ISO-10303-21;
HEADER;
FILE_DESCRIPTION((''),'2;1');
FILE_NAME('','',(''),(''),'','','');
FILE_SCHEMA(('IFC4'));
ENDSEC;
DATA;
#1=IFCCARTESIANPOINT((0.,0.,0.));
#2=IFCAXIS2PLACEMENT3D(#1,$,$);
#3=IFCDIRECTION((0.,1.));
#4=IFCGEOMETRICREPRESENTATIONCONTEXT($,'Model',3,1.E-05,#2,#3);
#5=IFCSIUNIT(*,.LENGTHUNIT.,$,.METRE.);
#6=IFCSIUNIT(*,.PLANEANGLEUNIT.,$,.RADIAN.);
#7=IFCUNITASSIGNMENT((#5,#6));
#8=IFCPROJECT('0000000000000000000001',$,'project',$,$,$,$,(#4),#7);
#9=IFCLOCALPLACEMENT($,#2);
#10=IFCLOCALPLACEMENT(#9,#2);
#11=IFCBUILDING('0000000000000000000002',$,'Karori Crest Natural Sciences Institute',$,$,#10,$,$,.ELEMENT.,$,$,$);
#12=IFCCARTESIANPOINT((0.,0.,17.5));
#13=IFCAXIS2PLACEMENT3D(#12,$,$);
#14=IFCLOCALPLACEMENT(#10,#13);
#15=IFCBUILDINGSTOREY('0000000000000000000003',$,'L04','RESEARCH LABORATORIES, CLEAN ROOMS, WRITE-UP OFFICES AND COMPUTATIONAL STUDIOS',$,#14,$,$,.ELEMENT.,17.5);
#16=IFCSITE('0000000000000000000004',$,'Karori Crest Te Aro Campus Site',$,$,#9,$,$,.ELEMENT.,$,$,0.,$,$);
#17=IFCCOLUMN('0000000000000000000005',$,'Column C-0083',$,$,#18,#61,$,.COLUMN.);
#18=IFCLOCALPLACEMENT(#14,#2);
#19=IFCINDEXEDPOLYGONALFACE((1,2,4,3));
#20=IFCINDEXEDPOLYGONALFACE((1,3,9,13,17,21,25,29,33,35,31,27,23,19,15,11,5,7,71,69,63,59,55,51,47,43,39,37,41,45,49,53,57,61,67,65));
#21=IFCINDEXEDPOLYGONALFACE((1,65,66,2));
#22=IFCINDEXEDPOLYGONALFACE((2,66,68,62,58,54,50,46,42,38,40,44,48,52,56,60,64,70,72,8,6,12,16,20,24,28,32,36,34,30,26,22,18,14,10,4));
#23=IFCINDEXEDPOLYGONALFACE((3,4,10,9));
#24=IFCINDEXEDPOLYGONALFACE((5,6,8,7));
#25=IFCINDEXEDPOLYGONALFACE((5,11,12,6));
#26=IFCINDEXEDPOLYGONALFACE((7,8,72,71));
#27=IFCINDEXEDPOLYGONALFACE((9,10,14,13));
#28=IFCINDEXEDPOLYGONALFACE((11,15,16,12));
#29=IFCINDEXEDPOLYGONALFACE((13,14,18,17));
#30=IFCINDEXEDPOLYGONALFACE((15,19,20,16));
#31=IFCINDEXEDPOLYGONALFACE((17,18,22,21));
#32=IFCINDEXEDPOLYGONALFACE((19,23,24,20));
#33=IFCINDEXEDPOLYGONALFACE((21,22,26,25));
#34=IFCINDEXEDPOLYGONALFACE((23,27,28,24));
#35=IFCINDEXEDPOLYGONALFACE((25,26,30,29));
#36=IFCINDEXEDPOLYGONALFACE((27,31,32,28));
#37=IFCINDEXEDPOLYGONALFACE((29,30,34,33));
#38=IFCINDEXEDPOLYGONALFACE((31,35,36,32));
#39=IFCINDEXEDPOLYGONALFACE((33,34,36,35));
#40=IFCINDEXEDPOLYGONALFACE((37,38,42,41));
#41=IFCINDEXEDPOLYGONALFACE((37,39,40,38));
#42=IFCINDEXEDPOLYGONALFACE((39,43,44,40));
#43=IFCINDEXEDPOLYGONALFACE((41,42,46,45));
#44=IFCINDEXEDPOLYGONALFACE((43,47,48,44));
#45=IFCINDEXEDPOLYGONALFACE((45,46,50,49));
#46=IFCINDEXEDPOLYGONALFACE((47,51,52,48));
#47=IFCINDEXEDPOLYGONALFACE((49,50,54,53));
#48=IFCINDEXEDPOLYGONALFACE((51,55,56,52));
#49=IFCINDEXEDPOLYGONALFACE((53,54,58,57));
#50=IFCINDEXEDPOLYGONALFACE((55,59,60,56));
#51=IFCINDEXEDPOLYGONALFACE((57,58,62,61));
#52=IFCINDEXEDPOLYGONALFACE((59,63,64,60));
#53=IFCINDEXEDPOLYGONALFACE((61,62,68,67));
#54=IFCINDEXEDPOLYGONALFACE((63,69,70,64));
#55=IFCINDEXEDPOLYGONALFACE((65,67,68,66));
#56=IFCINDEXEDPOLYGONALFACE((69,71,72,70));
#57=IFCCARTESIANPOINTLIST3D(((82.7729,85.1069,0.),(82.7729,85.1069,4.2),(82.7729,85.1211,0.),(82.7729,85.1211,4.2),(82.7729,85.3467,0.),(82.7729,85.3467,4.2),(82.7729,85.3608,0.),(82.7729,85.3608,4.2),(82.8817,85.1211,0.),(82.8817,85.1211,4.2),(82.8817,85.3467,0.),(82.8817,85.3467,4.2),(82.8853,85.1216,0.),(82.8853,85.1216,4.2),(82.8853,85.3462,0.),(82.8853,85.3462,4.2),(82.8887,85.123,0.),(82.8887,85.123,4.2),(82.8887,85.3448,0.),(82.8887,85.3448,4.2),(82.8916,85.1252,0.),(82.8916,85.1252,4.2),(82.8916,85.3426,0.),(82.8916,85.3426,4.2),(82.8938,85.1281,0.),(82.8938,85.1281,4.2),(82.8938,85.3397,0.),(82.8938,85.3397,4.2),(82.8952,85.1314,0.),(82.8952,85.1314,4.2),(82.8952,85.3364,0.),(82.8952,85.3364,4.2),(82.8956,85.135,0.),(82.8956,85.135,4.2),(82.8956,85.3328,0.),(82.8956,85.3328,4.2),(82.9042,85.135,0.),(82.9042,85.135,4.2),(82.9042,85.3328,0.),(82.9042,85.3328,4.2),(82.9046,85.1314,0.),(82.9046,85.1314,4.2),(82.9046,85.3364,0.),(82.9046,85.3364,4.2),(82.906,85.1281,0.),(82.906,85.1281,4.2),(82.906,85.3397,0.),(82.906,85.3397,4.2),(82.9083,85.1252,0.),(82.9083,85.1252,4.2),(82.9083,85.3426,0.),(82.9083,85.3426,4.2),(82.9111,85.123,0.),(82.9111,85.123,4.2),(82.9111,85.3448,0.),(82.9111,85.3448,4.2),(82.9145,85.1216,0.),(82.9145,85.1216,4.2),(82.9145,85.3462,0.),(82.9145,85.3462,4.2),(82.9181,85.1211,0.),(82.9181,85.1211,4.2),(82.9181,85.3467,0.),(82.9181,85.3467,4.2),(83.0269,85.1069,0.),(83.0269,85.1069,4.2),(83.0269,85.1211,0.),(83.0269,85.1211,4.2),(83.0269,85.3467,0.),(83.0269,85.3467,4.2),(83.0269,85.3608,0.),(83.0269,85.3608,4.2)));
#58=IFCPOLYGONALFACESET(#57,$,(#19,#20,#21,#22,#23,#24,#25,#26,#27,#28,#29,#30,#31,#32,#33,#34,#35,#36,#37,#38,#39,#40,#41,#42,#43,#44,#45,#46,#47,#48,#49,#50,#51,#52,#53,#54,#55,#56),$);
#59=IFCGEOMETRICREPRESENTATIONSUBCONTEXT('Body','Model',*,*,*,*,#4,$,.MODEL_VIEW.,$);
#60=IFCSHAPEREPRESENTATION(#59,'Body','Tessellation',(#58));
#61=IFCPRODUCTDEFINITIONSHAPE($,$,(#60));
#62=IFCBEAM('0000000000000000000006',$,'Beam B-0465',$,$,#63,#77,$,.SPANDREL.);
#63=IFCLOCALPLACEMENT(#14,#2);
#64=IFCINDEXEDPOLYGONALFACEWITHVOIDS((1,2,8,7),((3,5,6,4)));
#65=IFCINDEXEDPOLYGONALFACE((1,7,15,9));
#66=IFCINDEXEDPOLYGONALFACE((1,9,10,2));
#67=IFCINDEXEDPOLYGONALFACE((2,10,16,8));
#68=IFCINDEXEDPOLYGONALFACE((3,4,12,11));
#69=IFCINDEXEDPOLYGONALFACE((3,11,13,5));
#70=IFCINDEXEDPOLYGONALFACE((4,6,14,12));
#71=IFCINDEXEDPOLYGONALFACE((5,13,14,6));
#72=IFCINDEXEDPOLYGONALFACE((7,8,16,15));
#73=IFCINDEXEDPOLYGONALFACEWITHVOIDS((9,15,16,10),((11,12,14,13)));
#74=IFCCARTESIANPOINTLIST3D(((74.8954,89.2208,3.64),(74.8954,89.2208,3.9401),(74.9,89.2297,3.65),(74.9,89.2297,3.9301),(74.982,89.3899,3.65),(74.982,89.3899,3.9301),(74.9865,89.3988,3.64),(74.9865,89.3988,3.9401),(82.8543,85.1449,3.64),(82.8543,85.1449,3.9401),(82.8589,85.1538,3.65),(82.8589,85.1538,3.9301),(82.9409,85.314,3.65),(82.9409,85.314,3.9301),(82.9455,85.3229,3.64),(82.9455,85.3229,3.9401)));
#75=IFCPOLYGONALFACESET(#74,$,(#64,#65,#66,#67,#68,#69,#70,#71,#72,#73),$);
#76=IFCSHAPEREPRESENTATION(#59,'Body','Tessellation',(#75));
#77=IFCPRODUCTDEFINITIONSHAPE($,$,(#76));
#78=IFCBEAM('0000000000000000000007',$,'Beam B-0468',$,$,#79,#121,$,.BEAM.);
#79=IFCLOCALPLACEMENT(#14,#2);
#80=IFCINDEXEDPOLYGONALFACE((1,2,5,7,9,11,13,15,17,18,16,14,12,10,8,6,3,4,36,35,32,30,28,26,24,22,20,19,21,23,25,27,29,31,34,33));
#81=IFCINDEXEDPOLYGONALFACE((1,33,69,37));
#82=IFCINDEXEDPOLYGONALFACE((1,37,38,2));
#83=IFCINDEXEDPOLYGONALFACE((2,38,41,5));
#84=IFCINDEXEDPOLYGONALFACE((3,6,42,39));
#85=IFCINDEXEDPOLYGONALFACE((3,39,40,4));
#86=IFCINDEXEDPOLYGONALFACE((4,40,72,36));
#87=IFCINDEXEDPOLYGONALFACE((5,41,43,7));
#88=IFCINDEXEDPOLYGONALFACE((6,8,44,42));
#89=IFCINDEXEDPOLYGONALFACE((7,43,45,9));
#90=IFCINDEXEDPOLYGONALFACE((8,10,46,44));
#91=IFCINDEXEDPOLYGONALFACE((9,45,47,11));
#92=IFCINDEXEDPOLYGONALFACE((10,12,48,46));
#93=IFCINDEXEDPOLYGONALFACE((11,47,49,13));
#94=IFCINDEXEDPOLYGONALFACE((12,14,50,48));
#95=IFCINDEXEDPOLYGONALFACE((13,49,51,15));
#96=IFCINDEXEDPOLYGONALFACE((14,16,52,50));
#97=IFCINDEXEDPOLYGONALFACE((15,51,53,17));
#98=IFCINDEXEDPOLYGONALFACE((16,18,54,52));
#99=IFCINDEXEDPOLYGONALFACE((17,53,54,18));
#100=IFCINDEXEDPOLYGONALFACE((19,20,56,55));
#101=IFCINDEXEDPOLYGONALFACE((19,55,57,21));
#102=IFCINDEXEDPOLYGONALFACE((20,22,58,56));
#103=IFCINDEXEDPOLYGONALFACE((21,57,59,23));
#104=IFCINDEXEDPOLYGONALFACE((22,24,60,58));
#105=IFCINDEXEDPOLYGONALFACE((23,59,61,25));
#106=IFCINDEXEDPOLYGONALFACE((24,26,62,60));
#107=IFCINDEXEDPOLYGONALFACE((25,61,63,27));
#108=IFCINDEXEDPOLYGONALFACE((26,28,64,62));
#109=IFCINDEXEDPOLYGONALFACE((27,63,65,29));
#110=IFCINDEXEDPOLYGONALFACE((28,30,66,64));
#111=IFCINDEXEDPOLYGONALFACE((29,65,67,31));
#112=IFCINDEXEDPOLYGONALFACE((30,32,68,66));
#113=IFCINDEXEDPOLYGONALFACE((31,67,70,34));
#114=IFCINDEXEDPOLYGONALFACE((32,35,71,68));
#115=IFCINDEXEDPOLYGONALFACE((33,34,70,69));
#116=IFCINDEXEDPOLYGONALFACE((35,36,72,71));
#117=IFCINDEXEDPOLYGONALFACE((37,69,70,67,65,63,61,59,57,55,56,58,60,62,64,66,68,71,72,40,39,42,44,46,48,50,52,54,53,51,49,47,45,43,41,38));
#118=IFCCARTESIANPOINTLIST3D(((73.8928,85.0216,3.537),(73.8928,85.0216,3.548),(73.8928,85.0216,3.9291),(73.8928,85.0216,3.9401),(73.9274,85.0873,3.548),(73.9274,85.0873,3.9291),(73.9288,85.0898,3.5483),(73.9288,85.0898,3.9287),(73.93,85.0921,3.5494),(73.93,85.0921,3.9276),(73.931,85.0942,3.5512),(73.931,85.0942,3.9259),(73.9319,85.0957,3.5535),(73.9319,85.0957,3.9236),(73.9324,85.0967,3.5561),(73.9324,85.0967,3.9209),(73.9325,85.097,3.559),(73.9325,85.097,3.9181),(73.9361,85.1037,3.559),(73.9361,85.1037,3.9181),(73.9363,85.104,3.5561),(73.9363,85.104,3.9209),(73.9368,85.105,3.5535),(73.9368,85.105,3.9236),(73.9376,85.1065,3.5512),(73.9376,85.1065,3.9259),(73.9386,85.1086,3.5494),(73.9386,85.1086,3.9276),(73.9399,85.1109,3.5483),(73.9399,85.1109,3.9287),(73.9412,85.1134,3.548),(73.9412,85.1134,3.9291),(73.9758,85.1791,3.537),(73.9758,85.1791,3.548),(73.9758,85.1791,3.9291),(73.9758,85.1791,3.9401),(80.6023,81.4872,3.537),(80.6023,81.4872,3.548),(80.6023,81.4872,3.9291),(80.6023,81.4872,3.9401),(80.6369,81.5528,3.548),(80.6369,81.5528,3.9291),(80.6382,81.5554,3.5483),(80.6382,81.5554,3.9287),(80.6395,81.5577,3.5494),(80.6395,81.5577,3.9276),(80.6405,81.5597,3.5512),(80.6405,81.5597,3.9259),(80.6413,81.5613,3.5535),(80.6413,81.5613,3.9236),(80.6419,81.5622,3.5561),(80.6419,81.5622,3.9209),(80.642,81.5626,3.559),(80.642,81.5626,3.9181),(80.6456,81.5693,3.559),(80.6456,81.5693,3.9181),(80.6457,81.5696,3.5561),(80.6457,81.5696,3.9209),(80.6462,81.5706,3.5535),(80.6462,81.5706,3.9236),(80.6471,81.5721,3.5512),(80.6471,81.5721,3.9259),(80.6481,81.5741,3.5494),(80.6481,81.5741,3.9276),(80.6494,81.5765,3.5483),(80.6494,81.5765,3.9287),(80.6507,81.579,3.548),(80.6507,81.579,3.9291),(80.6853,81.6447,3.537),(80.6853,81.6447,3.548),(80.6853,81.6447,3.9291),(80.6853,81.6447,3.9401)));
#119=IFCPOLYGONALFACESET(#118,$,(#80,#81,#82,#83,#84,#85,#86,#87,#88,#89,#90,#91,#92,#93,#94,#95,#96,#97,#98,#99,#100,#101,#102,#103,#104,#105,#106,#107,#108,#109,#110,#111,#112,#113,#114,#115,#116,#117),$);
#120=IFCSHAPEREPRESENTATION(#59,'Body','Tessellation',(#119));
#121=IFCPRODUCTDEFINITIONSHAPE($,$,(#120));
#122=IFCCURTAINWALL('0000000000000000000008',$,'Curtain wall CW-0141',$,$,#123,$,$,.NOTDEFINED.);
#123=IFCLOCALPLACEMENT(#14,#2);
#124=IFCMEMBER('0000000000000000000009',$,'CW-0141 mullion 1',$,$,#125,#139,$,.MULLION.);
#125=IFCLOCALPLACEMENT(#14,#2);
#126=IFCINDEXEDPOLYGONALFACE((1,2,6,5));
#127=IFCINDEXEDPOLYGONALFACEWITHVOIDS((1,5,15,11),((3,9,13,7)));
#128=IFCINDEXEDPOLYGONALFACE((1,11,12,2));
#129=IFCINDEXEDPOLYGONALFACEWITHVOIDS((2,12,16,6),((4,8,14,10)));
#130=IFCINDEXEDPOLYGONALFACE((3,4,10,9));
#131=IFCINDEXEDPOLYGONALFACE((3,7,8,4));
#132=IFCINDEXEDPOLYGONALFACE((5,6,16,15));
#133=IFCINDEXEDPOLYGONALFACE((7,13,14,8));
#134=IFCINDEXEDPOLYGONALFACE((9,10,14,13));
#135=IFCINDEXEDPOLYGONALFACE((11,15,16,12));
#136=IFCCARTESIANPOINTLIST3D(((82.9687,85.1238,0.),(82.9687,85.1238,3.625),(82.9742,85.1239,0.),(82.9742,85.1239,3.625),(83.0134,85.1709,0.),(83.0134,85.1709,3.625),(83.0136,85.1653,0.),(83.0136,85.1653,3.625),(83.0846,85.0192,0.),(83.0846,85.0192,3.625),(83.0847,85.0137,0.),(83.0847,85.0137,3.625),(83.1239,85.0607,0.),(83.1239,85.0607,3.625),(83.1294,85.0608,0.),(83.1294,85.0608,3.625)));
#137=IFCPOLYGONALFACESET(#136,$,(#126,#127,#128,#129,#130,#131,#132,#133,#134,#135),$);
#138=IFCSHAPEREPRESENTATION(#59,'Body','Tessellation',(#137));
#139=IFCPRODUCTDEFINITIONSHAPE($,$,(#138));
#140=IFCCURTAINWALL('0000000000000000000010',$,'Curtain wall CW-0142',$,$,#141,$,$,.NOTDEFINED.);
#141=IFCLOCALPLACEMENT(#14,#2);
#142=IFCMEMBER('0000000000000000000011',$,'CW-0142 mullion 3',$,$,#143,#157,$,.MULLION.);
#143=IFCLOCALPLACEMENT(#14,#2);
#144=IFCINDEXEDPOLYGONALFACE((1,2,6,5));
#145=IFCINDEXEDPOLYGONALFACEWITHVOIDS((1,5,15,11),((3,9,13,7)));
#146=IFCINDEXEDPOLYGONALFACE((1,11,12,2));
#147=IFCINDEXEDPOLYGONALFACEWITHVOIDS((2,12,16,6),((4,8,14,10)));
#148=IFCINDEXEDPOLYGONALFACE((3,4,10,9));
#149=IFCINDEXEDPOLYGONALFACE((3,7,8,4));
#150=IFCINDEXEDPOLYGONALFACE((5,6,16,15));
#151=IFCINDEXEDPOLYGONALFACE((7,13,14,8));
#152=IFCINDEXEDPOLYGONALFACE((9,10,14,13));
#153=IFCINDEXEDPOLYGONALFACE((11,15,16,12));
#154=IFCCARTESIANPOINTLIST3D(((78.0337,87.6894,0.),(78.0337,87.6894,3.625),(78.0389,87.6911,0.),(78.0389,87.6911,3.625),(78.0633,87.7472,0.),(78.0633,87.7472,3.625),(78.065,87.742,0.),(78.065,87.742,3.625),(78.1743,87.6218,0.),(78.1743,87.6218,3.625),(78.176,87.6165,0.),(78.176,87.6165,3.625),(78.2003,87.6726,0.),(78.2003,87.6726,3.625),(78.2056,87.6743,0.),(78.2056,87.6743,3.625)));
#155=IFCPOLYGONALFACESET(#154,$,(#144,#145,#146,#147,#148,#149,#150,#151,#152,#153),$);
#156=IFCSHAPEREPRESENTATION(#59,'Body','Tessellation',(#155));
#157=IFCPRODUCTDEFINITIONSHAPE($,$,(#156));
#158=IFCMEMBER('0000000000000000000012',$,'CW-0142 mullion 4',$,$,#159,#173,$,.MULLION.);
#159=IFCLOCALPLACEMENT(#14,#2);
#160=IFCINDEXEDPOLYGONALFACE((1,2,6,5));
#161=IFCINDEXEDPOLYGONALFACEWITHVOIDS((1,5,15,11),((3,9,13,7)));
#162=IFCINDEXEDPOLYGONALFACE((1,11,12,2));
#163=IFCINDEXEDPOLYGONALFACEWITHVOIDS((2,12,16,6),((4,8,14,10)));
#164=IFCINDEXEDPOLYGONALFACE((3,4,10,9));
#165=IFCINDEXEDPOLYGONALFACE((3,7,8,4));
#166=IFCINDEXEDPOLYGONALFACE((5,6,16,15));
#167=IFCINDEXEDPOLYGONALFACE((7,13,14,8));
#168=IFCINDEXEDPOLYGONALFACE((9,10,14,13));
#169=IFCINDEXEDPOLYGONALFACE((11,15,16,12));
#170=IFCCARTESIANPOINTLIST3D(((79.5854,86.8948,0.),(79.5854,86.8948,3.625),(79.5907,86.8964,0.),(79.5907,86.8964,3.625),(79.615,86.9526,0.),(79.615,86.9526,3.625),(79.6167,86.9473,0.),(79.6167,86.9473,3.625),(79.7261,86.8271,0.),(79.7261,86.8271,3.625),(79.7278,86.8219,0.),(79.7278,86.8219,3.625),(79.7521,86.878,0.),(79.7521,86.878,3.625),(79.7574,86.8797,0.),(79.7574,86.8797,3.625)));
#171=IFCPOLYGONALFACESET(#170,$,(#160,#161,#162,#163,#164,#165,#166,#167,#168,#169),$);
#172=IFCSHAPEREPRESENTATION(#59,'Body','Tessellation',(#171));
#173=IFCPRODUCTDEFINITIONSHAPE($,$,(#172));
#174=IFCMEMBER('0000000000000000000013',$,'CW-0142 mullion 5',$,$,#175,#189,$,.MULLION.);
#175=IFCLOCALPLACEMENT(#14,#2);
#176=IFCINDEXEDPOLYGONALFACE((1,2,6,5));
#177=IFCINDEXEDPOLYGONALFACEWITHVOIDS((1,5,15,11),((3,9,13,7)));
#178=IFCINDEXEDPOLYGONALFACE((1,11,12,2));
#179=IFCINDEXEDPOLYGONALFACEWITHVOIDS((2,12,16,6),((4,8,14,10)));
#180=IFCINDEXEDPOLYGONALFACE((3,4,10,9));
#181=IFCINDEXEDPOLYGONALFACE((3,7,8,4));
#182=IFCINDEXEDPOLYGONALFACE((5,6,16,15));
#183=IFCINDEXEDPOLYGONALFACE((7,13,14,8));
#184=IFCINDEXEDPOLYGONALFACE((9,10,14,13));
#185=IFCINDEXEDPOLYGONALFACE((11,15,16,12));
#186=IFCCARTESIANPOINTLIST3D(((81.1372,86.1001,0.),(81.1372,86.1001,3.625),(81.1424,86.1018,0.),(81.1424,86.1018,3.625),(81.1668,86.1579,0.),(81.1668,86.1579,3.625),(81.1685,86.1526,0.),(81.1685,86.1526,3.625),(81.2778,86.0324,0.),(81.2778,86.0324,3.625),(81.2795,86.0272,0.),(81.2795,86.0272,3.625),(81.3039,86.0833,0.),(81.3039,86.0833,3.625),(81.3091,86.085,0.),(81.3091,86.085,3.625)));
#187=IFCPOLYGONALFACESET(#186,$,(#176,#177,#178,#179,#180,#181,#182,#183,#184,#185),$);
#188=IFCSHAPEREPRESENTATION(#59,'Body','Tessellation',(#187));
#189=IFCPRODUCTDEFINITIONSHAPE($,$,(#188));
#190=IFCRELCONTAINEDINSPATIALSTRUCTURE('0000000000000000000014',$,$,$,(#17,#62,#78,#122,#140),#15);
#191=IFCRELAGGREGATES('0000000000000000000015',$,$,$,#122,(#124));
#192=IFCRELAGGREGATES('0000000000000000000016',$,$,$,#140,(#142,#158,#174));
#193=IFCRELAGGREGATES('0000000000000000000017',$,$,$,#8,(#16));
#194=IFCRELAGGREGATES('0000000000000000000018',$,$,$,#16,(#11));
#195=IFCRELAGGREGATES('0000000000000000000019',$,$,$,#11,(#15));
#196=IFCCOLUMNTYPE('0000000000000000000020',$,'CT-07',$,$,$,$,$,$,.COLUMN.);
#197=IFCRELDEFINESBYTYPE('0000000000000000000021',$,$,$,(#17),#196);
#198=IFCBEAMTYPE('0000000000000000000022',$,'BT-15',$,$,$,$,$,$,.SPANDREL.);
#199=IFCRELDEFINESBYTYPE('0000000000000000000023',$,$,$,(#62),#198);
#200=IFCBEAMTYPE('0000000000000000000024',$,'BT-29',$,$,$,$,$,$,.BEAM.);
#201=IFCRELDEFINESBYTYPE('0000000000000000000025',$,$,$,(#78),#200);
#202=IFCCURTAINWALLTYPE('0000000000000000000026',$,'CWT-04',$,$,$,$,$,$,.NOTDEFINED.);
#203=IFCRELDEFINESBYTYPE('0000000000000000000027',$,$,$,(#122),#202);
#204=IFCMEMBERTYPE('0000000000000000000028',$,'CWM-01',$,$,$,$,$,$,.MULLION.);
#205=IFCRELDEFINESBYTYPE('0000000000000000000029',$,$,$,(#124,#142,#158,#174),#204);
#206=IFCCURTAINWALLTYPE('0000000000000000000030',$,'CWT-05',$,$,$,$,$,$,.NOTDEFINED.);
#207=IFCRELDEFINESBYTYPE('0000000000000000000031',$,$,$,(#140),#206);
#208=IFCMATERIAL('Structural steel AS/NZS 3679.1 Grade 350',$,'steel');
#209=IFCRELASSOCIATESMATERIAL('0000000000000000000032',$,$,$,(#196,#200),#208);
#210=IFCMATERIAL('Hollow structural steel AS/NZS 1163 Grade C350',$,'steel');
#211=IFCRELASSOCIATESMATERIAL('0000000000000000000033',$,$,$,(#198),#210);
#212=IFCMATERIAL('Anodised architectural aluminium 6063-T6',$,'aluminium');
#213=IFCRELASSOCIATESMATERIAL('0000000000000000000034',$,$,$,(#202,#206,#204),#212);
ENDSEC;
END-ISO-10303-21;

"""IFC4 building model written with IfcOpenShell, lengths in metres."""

from ifc_helpers import new_model, si_unit, direction, frame, origin, origin_2d, place, context, subcontext, project, spatial, hollow_rectangle, i_section, extrude, material, material_profile, profile_set, type_object, element, aggregate, save


model = new_model("IFC4")

# Units and contexts
model_context = context("Model", 3, precision=1e-05, world=origin(), true_north=direction((0.0, 1.0)))
body_context = subcontext(model_context, "Body", "Model", "MODEL_VIEW")
ifc_project = project(units=[si_unit("LENGTHUNIT", "METRE"), si_unit("PLANEANGLEUNIT", "RADIAN")], contexts=[model_context])

# Site, building, storey
site_placement = place(None, origin())
site = spatial("IfcSite", under=ifc_project, at=site_placement, Name="Karori Crest Te Aro Campus Site", CompositionType="ELEMENT", RefElevation=0.0)
building_placement = place(site_placement, origin())
building = spatial("IfcBuilding", under=site, at=building_placement, Name="Karori Crest Natural Sciences Institute", CompositionType="ELEMENT")
storey_placement = place(building_placement, frame((0.0, 0.0, 17.5)))
storey = spatial("IfcBuildingStorey", under=building, at=storey_placement, Name="L04", Description="RESEARCH LABORATORIES, CLEAN ROOMS, WRITE-UP OFFICES AND COMPUTATIONAL STUDIOS", CompositionType="ELEMENT", Elevation=17.5)

# Column
ifc_material_1 = material(Name="Structural steel AS/NZS 3679.1 Grade 350", Category="steel")
ifc_material_profile_1 = material_profile(ifc_material_1, i_section(OverallWidth=0.2539, OverallDepth=0.2539, WebThickness=0.0085, FlangeThickness=0.0142, FilletRadius=0.0139, at=origin_2d()), Name="250UC72.9")
ifc_profile_set_1 = profile_set([ifc_material_profile_1], Name="Structural steel AS/NZS 3679.1 Grade 350")
column_type = type_object("IfcColumnType", Name="CT-07", PredefinedType="COLUMN", material=ifc_profile_set_1)
column_placement = place(storey_placement, frame((82.8999, 85.2339, 0.0), z_axis=(0.0, 0.0, 1.0), x_axis=(1.0, 0.0, 0.0)))
element("IfcColumn", 1, at=column_placement, inside=storey, type_object=column_type, Name="Column C-0083", PredefinedType="COLUMN", context=body_context, shape_type="SweptSolid", body=[
    extrude(i_section(OverallWidth=0.2539, OverallDepth=0.2539, WebThickness=0.0085, FlangeThickness=0.0142, FilletRadius=0.0139, at=origin_2d()), origin(), (0.0, 0.0, 1.0), 4.2),
])

# Beams
ifc_material_2 = material(Name="Hollow structural steel AS/NZS 1163 Grade C350", Category="steel")
ifc_material_profile_2 = material_profile(ifc_material_2, hollow_rectangle(XDim=0.2, YDim=0.3, WallThickness=0.01, at=origin_2d()), Name="RHS300x200x10")
ifc_profile_set_2 = profile_set([ifc_material_profile_2], Name="Hollow structural steel AS/NZS 1163 Grade C350")
beam_type_1 = type_object("IfcBeamType", Name="BT-15", PredefinedType="SPANDREL", material=ifc_profile_set_2)
beam_1_placement = place(storey_placement, frame((82.8999, 85.2339, 3.79), z_axis=(-0.890072, 0.45582, 0.0), x_axis=(-0.45582, -0.890072, 0.0)))
element("IfcBeam", 2, at=beam_1_placement, inside=storey, type_object=beam_type_1, Name="Beam B-0465", PredefinedType="SPANDREL", context=body_context, shape_type="SweptSolid", body=[
    extrude(hollow_rectangle(XDim=0.2, YDim=0.3, WallThickness=0.01, at=origin_2d()), origin(), (0.0, 0.0, 1.0), 8.9419),
])
ifc_material_profile_3 = material_profile(ifc_material_1, i_section(OverallWidth=0.178, OverallDepth=0.4031, WebThickness=0.0076, FlangeThickness=0.011, FilletRadius=0.011, at=origin_2d()), Name="410UB53.7")
ifc_profile_set_3 = profile_set([ifc_material_profile_3], Name="Structural steel AS/NZS 3679.1 Grade 350")
beam_type_2 = type_object("IfcBeamType", Name="BT-29", PredefinedType="BEAM", material=ifc_profile_set_3)
beam_2_placement = place(storey_placement, frame((80.6438, 81.5659, 3.7385), z_axis=(-0.884748, 0.466069, 0.0), x_axis=(-0.466069, -0.884748, 0.0)))
element("IfcBeam", 3, at=beam_2_placement, inside=storey, type_object=beam_type_2, Name="Beam B-0468", PredefinedType="BEAM", context=body_context, shape_type="SweptSolid", body=[
    extrude(i_section(OverallWidth=0.178, OverallDepth=0.4031, WebThickness=0.0076, FlangeThickness=0.011, FilletRadius=0.011, at=origin_2d()), origin(), (0.0, 0.0, 1.0), 7.5835),
])

# Curtain wall, member
ifc_material_3 = material(Name="Anodised architectural aluminium 6063-T6", Category="aluminium")
curtain_wall_type_1 = type_object("IfcCurtainWallType", Name="CWT-04", PredefinedType="NOTDEFINED", material=ifc_material_3)
curtain_wall_1_placement = place(storey_placement, origin())
curtain_wall_1 = element("IfcCurtainWall", 4, at=curtain_wall_1_placement, inside=storey, type_object=curtain_wall_type_1, Name="Curtain wall CW-0141", PredefinedType="NOTDEFINED")
ifc_material_profile_4 = material_profile(ifc_material_3, hollow_rectangle(XDim=0.0649, YDim=0.1599, WallThickness=0.0039, at=origin_2d()), Name="CWM160x65x4")
ifc_profile_set_4 = profile_set([ifc_material_profile_4], Name="Anodised architectural aluminium 6063-T6")
member_type_1 = type_object("IfcMemberType", Name="CWM-01", PredefinedType="MULLION", material=ifc_profile_set_4)
member_1_placement = place(storey_placement, frame((83.0491, 85.0923, 0.0), z_axis=(0.0, 0.0, 1.0), x_axis=(0.688252, 0.725471, 0.0)))
member_1 = element("IfcMember", 5, at=member_1_placement, type_object=member_type_1, Name="CW-0141 mullion 1", PredefinedType="MULLION", context=body_context, shape_type="SweptSolid", body=[
    extrude(hollow_rectangle(XDim=0.0649, YDim=0.1599, WallThickness=0.0039, at=origin_2d()), origin(), (0.0, 0.0, 1.0), 3.625),
])

# Curtain wall, members
curtain_wall_type_2 = type_object("IfcCurtainWallType", Name="CWT-05", PredefinedType="NOTDEFINED", material=ifc_material_3)
curtain_wall_2_placement = place(storey_placement, origin())
curtain_wall_2 = element("IfcCurtainWall", 6, at=curtain_wall_2_placement, inside=storey, type_object=curtain_wall_type_2, Name="Curtain wall CW-0142", PredefinedType="NOTDEFINED")
member_2_placement = place(storey_placement, frame((78.1196, 87.6819, 0.0), z_axis=(0.0, 0.0, 1.0), x_axis=(0.455829, 0.890067, 0.0)))
member_2 = element("IfcMember", 7, at=member_2_placement, type_object=member_type_1, Name="CW-0142 mullion 3", PredefinedType="MULLION", context=body_context, shape_type="SweptSolid", body=[
    extrude(hollow_rectangle(XDim=0.0649, YDim=0.1599, WallThickness=0.0039, at=origin_2d()), origin(), (0.0, 0.0, 1.0), 3.625),
])
member_3_placement = place(storey_placement, frame((79.6714, 86.8872, 0.0), z_axis=(0.0, 0.0, 1.0), x_axis=(0.455829, 0.890067, 0.0)))
member_3 = element("IfcMember", 8, at=member_3_placement, type_object=member_type_1, Name="CW-0142 mullion 4", PredefinedType="MULLION", context=body_context, shape_type="SweptSolid", body=[
    extrude(hollow_rectangle(XDim=0.0649, YDim=0.1599, WallThickness=0.0039, at=origin_2d()), origin(), (0.0, 0.0, 1.0), 3.625),
])
member_4_placement = place(storey_placement, frame((81.2231, 86.0925, 0.0), z_axis=(0.0, 0.0, 1.0), x_axis=(0.455829, 0.890067, 0.0)))
member_4 = element("IfcMember", 9, at=member_4_placement, type_object=member_type_1, Name="CW-0142 mullion 5", PredefinedType="MULLION", context=body_context, shape_type="SweptSolid", body=[
    extrude(hollow_rectangle(XDim=0.0649, YDim=0.1599, WallThickness=0.0039, at=origin_2d()), origin(), (0.0, 0.0, 1.0), 3.625),
])

aggregate(curtain_wall_1, [member_1])

aggregate(curtain_wall_2, [member_2, member_3, member_4])

save(model, "model.ifc")
